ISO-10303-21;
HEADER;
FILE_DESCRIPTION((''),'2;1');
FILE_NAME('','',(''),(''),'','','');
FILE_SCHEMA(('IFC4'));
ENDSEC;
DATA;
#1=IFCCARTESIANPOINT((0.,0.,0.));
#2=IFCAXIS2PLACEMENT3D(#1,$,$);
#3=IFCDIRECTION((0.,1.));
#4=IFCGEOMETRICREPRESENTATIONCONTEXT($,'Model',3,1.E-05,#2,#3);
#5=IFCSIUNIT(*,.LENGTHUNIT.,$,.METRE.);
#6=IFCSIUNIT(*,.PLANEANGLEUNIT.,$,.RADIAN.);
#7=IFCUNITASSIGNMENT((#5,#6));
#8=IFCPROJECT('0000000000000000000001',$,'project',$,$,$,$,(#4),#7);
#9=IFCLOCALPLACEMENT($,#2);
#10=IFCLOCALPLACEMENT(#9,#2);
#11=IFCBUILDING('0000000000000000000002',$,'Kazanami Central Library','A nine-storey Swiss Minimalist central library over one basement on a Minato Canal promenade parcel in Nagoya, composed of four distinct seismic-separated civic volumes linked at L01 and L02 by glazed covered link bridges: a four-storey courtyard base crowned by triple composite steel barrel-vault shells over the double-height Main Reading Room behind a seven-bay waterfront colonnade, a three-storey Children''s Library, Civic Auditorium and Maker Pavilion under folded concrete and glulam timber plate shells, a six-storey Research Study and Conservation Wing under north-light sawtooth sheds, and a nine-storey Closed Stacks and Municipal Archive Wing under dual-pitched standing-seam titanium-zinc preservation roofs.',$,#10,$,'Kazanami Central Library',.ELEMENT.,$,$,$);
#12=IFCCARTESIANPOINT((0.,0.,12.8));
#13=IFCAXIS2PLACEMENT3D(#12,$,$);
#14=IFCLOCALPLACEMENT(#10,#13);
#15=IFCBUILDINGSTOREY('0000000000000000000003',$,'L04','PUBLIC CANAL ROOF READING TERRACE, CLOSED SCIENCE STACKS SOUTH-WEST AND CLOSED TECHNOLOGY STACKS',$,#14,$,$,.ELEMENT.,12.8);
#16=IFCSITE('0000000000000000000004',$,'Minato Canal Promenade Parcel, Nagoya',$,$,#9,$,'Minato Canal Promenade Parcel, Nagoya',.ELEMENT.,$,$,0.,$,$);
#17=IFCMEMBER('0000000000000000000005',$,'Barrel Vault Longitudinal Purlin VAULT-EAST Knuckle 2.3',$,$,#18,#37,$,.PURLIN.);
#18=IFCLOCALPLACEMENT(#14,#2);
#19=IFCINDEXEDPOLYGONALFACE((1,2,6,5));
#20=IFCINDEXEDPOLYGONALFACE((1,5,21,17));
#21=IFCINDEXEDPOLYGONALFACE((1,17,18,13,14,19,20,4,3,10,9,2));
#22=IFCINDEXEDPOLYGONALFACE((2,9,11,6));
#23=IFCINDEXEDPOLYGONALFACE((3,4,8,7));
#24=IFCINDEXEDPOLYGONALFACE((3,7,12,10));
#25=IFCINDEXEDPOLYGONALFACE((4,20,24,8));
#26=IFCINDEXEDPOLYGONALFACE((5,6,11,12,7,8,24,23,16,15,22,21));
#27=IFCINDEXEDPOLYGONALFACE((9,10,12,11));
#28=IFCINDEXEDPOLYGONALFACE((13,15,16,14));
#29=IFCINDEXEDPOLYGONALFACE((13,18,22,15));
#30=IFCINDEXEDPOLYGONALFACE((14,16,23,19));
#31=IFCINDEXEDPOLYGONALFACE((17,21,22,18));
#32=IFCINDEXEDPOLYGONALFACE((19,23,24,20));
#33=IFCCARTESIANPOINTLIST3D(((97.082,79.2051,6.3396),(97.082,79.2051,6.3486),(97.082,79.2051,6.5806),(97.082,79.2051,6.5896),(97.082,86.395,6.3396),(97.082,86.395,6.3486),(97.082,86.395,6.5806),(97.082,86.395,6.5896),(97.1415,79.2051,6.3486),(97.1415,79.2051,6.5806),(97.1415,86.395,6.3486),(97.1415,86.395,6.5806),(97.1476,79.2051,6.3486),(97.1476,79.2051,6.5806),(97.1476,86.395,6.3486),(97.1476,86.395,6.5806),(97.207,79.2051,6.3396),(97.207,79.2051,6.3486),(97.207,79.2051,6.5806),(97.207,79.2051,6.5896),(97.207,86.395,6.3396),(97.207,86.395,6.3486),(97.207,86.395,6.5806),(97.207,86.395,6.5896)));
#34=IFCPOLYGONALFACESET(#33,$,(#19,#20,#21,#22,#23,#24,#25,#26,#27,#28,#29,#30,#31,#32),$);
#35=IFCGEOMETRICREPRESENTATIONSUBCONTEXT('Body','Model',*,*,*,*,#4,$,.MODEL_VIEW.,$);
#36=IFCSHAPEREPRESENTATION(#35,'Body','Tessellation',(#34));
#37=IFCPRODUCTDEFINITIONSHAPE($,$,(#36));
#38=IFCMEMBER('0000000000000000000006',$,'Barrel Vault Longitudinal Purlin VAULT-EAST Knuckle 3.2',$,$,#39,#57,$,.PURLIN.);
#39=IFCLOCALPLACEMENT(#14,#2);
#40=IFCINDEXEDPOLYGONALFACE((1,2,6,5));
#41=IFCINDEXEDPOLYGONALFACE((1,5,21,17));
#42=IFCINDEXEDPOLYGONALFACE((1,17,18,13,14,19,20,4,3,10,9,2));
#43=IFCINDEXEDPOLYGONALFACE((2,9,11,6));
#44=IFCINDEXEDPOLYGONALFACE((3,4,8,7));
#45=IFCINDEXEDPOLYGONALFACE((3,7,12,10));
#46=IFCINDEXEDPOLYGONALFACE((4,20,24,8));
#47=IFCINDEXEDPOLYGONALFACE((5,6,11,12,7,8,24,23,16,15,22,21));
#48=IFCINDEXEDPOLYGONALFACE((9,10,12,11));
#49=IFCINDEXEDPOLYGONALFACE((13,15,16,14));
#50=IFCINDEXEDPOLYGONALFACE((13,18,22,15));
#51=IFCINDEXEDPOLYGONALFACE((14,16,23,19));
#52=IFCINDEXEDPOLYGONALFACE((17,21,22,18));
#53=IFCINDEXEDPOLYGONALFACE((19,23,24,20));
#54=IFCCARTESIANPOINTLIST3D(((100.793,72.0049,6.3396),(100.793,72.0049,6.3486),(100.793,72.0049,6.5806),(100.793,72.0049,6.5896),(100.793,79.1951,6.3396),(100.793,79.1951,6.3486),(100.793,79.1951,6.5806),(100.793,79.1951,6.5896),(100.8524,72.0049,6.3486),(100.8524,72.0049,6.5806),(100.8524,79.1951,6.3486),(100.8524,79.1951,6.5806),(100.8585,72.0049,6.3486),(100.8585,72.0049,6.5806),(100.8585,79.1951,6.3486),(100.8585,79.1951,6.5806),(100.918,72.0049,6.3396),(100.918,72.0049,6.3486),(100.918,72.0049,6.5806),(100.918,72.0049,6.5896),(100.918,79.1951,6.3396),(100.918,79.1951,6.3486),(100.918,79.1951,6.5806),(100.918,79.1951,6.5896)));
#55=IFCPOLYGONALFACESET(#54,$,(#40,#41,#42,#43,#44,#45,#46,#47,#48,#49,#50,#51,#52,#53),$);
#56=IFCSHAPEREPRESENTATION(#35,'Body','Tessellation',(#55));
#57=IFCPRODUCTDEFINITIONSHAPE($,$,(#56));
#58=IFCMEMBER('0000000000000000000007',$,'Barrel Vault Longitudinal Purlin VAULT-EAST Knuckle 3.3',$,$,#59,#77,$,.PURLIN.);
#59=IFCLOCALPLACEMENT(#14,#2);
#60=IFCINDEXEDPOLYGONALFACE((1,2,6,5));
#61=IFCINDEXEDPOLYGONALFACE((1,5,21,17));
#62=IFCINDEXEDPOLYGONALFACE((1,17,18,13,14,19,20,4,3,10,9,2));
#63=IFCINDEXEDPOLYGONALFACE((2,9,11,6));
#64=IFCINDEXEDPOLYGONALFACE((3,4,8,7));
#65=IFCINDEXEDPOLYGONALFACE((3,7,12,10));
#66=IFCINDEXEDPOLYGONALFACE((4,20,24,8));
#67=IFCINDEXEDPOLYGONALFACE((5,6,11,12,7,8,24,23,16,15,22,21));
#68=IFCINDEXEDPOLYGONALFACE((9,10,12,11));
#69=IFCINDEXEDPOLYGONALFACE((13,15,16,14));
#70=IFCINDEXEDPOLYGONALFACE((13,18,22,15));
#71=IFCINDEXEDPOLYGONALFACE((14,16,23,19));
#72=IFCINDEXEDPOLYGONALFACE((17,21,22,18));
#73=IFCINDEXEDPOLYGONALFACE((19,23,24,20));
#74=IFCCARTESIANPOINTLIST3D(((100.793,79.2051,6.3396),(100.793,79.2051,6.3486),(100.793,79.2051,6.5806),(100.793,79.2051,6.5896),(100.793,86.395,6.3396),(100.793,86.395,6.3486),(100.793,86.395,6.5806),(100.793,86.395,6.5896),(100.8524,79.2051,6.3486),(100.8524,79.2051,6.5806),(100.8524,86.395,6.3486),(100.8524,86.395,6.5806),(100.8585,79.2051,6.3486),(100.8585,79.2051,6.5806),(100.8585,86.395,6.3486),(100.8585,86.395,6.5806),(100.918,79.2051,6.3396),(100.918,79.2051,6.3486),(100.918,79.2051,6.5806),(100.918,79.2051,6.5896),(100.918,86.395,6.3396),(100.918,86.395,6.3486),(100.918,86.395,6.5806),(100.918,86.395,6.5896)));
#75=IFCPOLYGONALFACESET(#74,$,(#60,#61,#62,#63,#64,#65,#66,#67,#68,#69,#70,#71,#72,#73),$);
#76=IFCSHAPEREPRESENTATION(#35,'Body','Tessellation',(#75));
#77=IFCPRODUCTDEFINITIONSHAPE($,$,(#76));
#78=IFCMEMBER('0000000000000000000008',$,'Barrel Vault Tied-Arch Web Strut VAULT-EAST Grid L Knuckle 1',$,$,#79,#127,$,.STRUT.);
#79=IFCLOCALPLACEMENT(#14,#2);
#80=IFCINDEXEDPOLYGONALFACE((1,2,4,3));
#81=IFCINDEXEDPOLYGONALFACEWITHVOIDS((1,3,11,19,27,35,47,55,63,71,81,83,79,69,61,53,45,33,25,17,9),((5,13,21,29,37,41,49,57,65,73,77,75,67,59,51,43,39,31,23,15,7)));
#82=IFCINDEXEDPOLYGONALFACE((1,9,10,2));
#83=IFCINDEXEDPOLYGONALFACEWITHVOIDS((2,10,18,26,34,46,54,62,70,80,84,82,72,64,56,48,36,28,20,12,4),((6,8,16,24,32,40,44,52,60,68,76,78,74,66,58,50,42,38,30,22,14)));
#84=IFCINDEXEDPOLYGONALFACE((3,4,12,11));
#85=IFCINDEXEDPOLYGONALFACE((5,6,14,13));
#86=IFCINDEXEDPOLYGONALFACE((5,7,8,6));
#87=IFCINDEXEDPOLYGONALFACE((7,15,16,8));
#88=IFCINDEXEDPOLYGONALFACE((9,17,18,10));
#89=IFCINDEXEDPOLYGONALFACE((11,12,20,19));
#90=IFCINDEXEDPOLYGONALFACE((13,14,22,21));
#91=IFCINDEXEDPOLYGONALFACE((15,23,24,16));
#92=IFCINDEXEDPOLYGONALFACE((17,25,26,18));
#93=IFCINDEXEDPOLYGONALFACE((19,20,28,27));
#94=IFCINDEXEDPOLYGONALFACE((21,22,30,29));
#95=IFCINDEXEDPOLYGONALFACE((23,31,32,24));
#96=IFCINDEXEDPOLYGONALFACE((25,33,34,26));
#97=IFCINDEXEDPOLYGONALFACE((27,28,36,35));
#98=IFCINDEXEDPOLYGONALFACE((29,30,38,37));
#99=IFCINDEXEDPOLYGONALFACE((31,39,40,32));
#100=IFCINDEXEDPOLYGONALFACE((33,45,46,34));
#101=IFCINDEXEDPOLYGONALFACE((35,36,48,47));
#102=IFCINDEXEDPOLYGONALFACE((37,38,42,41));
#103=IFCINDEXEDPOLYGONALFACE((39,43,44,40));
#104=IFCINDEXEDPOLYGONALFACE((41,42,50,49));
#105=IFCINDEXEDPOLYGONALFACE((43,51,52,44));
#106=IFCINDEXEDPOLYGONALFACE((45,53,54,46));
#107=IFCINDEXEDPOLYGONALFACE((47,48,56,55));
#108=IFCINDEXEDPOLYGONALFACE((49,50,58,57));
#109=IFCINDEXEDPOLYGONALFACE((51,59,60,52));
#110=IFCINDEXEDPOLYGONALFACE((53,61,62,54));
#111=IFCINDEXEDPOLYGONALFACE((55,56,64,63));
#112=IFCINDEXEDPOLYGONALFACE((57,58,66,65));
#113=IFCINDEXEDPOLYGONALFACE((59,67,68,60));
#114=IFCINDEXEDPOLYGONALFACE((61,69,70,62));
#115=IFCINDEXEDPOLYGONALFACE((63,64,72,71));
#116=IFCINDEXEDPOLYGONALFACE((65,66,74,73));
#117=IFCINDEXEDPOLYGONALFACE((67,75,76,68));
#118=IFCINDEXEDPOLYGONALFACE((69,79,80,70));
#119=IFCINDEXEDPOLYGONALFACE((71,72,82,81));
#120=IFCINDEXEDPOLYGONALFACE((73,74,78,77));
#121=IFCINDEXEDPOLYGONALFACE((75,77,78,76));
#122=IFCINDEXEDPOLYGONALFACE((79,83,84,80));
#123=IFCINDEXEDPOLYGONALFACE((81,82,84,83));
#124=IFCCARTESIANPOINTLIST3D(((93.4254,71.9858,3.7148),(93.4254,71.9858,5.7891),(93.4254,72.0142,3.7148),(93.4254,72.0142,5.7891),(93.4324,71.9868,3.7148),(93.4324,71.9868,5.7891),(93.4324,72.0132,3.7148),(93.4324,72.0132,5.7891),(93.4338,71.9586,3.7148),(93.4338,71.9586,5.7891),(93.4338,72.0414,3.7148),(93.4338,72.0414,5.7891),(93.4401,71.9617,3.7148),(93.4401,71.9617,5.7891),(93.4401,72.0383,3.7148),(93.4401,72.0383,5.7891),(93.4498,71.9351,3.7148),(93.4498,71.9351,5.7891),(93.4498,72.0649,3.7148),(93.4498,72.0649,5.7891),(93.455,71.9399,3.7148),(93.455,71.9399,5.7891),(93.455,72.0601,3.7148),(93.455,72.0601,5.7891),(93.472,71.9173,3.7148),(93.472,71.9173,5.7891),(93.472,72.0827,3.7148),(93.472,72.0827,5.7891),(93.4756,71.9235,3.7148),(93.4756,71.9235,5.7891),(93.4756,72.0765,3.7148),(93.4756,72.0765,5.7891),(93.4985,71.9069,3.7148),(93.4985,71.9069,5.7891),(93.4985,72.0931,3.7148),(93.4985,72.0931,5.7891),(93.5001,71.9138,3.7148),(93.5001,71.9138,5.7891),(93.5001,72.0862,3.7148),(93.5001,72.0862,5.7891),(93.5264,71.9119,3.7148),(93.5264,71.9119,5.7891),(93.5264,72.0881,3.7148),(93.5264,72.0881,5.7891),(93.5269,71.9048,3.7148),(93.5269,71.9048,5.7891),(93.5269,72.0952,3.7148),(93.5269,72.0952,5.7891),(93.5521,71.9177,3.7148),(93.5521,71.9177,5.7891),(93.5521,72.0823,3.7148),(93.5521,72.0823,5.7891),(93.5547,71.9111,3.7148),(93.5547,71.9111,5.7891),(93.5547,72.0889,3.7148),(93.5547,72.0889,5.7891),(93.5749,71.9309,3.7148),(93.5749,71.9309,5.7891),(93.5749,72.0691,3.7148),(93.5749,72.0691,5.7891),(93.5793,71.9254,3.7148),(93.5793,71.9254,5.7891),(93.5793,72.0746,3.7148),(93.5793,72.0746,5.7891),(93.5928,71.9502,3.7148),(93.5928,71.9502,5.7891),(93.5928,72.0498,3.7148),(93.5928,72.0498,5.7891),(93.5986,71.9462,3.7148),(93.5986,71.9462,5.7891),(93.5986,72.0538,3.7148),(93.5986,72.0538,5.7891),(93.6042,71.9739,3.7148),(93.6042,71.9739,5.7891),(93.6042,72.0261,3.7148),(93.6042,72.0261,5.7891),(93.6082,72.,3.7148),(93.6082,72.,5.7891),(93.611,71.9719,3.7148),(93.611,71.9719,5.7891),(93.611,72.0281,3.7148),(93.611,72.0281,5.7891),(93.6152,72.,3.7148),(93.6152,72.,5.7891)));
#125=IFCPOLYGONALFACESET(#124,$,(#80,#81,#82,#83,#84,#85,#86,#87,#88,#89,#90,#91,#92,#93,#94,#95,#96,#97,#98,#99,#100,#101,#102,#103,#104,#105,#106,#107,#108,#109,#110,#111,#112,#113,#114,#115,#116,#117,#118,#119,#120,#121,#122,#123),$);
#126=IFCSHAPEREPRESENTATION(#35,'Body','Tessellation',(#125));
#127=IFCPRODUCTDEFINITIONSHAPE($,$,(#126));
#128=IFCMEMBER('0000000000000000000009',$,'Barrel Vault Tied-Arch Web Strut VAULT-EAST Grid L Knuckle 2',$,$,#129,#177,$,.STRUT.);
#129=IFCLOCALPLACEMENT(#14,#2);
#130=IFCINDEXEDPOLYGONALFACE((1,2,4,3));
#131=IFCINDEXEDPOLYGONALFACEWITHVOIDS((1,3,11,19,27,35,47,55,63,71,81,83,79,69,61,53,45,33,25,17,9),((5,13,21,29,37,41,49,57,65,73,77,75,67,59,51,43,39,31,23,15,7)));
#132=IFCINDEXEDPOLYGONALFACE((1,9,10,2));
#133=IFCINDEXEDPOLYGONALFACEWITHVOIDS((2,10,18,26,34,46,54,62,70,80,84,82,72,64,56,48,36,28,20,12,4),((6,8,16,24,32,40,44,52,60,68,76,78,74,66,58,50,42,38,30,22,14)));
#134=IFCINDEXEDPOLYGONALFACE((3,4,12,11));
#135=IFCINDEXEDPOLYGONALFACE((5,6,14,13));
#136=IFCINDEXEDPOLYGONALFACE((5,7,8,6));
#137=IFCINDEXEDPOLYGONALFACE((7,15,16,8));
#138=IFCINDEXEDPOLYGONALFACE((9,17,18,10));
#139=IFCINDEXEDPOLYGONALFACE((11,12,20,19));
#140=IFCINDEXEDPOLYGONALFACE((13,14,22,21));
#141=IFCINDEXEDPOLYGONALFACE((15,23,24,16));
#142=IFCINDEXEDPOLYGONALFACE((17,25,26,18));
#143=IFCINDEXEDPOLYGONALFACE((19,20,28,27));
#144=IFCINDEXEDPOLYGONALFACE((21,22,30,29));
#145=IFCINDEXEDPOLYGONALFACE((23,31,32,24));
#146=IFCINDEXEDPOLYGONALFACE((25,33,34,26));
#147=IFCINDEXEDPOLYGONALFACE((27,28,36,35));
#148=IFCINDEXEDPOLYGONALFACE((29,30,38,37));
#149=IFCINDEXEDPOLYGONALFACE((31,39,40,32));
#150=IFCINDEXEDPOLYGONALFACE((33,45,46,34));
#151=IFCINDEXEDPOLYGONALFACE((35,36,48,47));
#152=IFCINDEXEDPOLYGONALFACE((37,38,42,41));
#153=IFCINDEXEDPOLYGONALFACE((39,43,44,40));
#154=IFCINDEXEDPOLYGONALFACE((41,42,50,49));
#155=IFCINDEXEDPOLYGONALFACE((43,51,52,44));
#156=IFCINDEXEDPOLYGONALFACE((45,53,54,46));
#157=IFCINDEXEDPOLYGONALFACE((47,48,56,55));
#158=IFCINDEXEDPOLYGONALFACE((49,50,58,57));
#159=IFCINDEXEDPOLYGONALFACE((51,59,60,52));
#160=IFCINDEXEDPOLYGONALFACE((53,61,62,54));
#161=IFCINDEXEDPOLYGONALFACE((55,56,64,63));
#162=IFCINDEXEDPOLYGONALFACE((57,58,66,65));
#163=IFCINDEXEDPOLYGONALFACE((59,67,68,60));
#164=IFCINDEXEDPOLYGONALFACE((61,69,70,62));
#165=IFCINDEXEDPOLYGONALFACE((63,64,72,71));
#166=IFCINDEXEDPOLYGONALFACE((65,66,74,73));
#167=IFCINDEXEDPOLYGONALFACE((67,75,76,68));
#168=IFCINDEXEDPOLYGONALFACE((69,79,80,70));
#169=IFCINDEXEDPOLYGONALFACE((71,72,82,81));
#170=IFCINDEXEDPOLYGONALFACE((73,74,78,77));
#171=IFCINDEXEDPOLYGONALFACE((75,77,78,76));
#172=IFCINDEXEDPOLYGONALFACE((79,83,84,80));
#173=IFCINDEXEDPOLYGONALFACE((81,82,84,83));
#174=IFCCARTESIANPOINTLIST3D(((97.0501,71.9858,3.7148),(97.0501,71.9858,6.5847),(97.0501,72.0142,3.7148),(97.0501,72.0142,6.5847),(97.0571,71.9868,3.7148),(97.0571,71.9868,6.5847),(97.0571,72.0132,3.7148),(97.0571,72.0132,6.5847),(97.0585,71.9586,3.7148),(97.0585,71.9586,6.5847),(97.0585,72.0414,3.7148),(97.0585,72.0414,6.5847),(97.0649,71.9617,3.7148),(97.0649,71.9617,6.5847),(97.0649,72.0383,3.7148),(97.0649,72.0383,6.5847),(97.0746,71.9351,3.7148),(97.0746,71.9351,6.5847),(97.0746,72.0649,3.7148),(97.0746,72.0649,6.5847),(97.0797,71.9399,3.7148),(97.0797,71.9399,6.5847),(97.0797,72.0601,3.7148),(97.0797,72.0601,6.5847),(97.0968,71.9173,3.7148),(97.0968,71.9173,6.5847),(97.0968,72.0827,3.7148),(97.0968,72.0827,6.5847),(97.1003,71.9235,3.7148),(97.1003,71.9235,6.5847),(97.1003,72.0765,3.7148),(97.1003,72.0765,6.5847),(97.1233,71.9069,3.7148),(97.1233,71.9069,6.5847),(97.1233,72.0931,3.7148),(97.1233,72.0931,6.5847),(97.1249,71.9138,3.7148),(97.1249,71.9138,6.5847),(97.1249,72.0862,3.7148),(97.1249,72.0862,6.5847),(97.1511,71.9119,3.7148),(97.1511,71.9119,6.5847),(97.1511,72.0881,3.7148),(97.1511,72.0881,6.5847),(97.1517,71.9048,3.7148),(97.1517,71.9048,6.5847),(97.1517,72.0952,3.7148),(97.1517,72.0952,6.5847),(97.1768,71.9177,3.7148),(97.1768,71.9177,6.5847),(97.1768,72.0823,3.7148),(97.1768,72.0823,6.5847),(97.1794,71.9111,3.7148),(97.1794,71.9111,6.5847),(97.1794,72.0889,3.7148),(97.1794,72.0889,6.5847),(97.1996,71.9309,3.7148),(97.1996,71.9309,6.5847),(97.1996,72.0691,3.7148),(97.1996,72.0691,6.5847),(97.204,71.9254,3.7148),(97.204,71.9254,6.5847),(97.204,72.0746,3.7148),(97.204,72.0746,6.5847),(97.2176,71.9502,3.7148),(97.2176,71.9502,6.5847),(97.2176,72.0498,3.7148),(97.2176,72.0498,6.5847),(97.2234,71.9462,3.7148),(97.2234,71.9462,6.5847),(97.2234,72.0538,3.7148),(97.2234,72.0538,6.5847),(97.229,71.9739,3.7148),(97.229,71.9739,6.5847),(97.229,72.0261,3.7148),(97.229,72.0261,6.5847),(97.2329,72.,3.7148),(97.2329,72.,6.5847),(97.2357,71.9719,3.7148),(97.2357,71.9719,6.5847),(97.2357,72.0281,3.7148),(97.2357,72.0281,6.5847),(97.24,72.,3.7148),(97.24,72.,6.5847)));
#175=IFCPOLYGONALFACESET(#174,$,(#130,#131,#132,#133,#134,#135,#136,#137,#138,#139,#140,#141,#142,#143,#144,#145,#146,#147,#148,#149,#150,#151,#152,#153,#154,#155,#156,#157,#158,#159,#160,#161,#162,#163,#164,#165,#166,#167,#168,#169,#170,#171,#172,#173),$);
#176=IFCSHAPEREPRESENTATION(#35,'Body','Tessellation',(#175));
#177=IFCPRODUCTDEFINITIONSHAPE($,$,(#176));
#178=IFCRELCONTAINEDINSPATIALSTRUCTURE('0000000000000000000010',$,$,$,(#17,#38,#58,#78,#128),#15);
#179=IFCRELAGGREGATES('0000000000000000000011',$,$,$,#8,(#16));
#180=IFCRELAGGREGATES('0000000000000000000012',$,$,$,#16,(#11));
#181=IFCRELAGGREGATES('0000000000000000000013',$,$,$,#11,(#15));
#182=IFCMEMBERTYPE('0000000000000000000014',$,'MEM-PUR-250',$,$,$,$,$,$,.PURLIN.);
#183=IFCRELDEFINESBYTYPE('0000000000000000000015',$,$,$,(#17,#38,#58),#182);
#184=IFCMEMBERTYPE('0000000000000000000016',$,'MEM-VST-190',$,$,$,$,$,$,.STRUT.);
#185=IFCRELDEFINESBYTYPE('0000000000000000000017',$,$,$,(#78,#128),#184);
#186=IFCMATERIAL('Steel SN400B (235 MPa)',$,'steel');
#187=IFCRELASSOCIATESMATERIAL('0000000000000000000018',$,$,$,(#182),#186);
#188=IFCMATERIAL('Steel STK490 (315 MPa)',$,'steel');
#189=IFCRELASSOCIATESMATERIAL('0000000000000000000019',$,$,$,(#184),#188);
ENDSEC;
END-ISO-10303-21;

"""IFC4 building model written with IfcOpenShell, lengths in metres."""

from ifc_helpers import new_model, si_unit, direction, frame, origin, origin_2d, place, context, subcontext, project, spatial, hollow_circle, i_section, extrude, material, material_profile, profile_set, type_object, element, save


model = new_model("IFC4")

# Units and contexts
model_context = context("Model", 3, precision=1e-05, world=origin(), true_north=direction((0.0, 1.0)))
body_context = subcontext(model_context, "Body", "Model", "MODEL_VIEW")
ifc_project = project(units=[si_unit("LENGTHUNIT", "METRE"), si_unit("PLANEANGLEUNIT", "RADIAN")], contexts=[model_context])

# Site, building, storey
site_placement = place(None, origin())
site = spatial("IfcSite", under=ifc_project, at=site_placement, Name="Minato Canal Promenade Parcel, Nagoya", LongName="Minato Canal Promenade Parcel, Nagoya", CompositionType="ELEMENT", RefElevation=0.0)
building_placement = place(site_placement, origin())
building = spatial("IfcBuilding", under=site, at=building_placement, Name="Kazanami Central Library", Description="A nine-storey Swiss Minimalist central library over one basement on a Minato Canal promenade parcel in Nagoya, composed of four distinct seismic-separated civic volumes linked at L01 and L02 by glazed covered link bridges: a four-storey courtyard base crowned by triple composite steel barrel-vault shells over the double-height Main Reading Room behind a seven-bay waterfront colonnade, a three-storey Children's Library, Civic Auditorium and Maker Pavilion under folded concrete and glulam timber plate shells, a six-storey Research Study and Conservation Wing under north-light sawtooth sheds, and a nine-storey Closed Stacks and Municipal Archive Wing under dual-pitched standing-seam titanium-zinc preservation roofs.", LongName="Kazanami Central Library", CompositionType="ELEMENT")
storey_placement = place(building_placement, frame((0.0, 0.0, 12.8)))
storey = spatial("IfcBuildingStorey", under=building, at=storey_placement, Name="L04", Description="PUBLIC CANAL ROOF READING TERRACE, CLOSED SCIENCE STACKS SOUTH-WEST AND CLOSED TECHNOLOGY STACKS", CompositionType="ELEMENT", Elevation=12.8)

# Members
ifc_material_1 = material(Name="Steel SN400B (235 MPa)", Category="steel")
ifc_material_profile_1 = material_profile(ifc_material_1, i_section(OverallWidth=0.125, OverallDepth=0.25, WebThickness=0.0061, FlangeThickness=0.009, at=origin_2d()), Name="H-250x125x6x9")
ifc_profile_set_1 = profile_set([ifc_material_profile_1], Name="Steel SN400B (235 MPa)")
member_type_1 = type_object("IfcMemberType", Name="MEM-PUR-250", PredefinedType="PURLIN", material=ifc_profile_set_1)
member_1_placement = place(storey_placement, frame((97.1445, 79.2051, 6.4646), z_axis=(0.0, 1.0, 0.0), x_axis=(-1.0, 0.0, 0.0)))
element("IfcMember", 1, at=member_1_placement, inside=storey, type_object=member_type_1, Name="Barrel Vault Longitudinal Purlin VAULT-EAST Knuckle 2.3", PredefinedType="PURLIN", context=body_context, shape_type="SweptSolid", body=[
    extrude(i_section(OverallWidth=0.125, OverallDepth=0.25, WebThickness=0.0061, FlangeThickness=0.009, at=origin_2d()), origin(), (0.0, 0.0, 1.0), 7.1899),
])
member_2_placement = place(storey_placement, frame((100.8555, 72.0049, 6.4646), z_axis=(0.0, 1.0, 0.0), x_axis=(-1.0, 0.0, 0.0)))
element("IfcMember", 2, at=member_2_placement, inside=storey, type_object=member_type_1, Name="Barrel Vault Longitudinal Purlin VAULT-EAST Knuckle 3.2", PredefinedType="PURLIN", context=body_context, shape_type="SweptSolid", body=[
    extrude(i_section(OverallWidth=0.125, OverallDepth=0.25, WebThickness=0.0061, FlangeThickness=0.009, at=origin_2d()), origin(), (0.0, 0.0, 1.0), 7.1902),
])
member_3_placement = place(storey_placement, frame((100.8555, 79.2051, 6.4646), z_axis=(0.0, 1.0, 0.0), x_axis=(-1.0, 0.0, 0.0)))
element("IfcMember", 3, at=member_3_placement, inside=storey, type_object=member_type_1, Name="Barrel Vault Longitudinal Purlin VAULT-EAST Knuckle 3.3", PredefinedType="PURLIN", context=body_context, shape_type="SweptSolid", body=[
    extrude(i_section(OverallWidth=0.125, OverallDepth=0.25, WebThickness=0.0061, FlangeThickness=0.009, at=origin_2d()), origin(), (0.0, 0.0, 1.0), 7.1899),
])
ifc_material_2 = material(Name="Steel STK490 (315 MPa)", Category="steel")
ifc_material_profile_2 = material_profile(ifc_material_2, hollow_circle(Radius=0.0955, WallThickness=0.0071, at=origin_2d()), Name="CHS-190.7x7.0")
ifc_profile_set_2 = profile_set([ifc_material_profile_2], Name="Steel STK490 (315 MPa)")
member_type_2 = type_object("IfcMemberType", Name="MEM-VST-190", PredefinedType="STRUT", material=ifc_profile_set_2)
member_4_placement = place(storey_placement, frame((93.5198, 72.0, 3.7148), z_axis=(0.0, 0.0, 1.0), x_axis=(1.0, 0.0, 0.0)))
element("IfcMember", 4, at=member_4_placement, inside=storey, type_object=member_type_2, Name="Barrel Vault Tied-Arch Web Strut VAULT-EAST Grid L Knuckle 1", PredefinedType="STRUT", context=body_context, shape_type="SweptSolid", body=[
    extrude(hollow_circle(Radius=0.0955, WallThickness=0.0071, at=origin_2d()), origin(), (0.0, 0.0, 1.0), 2.0742),
])
for number, where, z_axis, x_axis, name in (
    (5, (97.1445, 72.0, 3.7148), (0.0, 0.0, 1.0), (1.0, 0.0, 0.0), "Barrel Vault Tied-Arch Web Strut VAULT-EAST Grid L Knuckle 2"),
):
    element("IfcMember", number, at=place(storey_placement, frame(where, z_axis=z_axis, x_axis=x_axis)), inside=storey, type_object=member_type_2, Name=name, PredefinedType="STRUT", context=body_context, shape_type="SweptSolid", body=[
        extrude(hollow_circle(Radius=0.0955, WallThickness=0.0071, at=origin_2d()), origin(), (0.0, 0.0, 1.0), 2.8699),
    ])

save(model, "model.ifc")
